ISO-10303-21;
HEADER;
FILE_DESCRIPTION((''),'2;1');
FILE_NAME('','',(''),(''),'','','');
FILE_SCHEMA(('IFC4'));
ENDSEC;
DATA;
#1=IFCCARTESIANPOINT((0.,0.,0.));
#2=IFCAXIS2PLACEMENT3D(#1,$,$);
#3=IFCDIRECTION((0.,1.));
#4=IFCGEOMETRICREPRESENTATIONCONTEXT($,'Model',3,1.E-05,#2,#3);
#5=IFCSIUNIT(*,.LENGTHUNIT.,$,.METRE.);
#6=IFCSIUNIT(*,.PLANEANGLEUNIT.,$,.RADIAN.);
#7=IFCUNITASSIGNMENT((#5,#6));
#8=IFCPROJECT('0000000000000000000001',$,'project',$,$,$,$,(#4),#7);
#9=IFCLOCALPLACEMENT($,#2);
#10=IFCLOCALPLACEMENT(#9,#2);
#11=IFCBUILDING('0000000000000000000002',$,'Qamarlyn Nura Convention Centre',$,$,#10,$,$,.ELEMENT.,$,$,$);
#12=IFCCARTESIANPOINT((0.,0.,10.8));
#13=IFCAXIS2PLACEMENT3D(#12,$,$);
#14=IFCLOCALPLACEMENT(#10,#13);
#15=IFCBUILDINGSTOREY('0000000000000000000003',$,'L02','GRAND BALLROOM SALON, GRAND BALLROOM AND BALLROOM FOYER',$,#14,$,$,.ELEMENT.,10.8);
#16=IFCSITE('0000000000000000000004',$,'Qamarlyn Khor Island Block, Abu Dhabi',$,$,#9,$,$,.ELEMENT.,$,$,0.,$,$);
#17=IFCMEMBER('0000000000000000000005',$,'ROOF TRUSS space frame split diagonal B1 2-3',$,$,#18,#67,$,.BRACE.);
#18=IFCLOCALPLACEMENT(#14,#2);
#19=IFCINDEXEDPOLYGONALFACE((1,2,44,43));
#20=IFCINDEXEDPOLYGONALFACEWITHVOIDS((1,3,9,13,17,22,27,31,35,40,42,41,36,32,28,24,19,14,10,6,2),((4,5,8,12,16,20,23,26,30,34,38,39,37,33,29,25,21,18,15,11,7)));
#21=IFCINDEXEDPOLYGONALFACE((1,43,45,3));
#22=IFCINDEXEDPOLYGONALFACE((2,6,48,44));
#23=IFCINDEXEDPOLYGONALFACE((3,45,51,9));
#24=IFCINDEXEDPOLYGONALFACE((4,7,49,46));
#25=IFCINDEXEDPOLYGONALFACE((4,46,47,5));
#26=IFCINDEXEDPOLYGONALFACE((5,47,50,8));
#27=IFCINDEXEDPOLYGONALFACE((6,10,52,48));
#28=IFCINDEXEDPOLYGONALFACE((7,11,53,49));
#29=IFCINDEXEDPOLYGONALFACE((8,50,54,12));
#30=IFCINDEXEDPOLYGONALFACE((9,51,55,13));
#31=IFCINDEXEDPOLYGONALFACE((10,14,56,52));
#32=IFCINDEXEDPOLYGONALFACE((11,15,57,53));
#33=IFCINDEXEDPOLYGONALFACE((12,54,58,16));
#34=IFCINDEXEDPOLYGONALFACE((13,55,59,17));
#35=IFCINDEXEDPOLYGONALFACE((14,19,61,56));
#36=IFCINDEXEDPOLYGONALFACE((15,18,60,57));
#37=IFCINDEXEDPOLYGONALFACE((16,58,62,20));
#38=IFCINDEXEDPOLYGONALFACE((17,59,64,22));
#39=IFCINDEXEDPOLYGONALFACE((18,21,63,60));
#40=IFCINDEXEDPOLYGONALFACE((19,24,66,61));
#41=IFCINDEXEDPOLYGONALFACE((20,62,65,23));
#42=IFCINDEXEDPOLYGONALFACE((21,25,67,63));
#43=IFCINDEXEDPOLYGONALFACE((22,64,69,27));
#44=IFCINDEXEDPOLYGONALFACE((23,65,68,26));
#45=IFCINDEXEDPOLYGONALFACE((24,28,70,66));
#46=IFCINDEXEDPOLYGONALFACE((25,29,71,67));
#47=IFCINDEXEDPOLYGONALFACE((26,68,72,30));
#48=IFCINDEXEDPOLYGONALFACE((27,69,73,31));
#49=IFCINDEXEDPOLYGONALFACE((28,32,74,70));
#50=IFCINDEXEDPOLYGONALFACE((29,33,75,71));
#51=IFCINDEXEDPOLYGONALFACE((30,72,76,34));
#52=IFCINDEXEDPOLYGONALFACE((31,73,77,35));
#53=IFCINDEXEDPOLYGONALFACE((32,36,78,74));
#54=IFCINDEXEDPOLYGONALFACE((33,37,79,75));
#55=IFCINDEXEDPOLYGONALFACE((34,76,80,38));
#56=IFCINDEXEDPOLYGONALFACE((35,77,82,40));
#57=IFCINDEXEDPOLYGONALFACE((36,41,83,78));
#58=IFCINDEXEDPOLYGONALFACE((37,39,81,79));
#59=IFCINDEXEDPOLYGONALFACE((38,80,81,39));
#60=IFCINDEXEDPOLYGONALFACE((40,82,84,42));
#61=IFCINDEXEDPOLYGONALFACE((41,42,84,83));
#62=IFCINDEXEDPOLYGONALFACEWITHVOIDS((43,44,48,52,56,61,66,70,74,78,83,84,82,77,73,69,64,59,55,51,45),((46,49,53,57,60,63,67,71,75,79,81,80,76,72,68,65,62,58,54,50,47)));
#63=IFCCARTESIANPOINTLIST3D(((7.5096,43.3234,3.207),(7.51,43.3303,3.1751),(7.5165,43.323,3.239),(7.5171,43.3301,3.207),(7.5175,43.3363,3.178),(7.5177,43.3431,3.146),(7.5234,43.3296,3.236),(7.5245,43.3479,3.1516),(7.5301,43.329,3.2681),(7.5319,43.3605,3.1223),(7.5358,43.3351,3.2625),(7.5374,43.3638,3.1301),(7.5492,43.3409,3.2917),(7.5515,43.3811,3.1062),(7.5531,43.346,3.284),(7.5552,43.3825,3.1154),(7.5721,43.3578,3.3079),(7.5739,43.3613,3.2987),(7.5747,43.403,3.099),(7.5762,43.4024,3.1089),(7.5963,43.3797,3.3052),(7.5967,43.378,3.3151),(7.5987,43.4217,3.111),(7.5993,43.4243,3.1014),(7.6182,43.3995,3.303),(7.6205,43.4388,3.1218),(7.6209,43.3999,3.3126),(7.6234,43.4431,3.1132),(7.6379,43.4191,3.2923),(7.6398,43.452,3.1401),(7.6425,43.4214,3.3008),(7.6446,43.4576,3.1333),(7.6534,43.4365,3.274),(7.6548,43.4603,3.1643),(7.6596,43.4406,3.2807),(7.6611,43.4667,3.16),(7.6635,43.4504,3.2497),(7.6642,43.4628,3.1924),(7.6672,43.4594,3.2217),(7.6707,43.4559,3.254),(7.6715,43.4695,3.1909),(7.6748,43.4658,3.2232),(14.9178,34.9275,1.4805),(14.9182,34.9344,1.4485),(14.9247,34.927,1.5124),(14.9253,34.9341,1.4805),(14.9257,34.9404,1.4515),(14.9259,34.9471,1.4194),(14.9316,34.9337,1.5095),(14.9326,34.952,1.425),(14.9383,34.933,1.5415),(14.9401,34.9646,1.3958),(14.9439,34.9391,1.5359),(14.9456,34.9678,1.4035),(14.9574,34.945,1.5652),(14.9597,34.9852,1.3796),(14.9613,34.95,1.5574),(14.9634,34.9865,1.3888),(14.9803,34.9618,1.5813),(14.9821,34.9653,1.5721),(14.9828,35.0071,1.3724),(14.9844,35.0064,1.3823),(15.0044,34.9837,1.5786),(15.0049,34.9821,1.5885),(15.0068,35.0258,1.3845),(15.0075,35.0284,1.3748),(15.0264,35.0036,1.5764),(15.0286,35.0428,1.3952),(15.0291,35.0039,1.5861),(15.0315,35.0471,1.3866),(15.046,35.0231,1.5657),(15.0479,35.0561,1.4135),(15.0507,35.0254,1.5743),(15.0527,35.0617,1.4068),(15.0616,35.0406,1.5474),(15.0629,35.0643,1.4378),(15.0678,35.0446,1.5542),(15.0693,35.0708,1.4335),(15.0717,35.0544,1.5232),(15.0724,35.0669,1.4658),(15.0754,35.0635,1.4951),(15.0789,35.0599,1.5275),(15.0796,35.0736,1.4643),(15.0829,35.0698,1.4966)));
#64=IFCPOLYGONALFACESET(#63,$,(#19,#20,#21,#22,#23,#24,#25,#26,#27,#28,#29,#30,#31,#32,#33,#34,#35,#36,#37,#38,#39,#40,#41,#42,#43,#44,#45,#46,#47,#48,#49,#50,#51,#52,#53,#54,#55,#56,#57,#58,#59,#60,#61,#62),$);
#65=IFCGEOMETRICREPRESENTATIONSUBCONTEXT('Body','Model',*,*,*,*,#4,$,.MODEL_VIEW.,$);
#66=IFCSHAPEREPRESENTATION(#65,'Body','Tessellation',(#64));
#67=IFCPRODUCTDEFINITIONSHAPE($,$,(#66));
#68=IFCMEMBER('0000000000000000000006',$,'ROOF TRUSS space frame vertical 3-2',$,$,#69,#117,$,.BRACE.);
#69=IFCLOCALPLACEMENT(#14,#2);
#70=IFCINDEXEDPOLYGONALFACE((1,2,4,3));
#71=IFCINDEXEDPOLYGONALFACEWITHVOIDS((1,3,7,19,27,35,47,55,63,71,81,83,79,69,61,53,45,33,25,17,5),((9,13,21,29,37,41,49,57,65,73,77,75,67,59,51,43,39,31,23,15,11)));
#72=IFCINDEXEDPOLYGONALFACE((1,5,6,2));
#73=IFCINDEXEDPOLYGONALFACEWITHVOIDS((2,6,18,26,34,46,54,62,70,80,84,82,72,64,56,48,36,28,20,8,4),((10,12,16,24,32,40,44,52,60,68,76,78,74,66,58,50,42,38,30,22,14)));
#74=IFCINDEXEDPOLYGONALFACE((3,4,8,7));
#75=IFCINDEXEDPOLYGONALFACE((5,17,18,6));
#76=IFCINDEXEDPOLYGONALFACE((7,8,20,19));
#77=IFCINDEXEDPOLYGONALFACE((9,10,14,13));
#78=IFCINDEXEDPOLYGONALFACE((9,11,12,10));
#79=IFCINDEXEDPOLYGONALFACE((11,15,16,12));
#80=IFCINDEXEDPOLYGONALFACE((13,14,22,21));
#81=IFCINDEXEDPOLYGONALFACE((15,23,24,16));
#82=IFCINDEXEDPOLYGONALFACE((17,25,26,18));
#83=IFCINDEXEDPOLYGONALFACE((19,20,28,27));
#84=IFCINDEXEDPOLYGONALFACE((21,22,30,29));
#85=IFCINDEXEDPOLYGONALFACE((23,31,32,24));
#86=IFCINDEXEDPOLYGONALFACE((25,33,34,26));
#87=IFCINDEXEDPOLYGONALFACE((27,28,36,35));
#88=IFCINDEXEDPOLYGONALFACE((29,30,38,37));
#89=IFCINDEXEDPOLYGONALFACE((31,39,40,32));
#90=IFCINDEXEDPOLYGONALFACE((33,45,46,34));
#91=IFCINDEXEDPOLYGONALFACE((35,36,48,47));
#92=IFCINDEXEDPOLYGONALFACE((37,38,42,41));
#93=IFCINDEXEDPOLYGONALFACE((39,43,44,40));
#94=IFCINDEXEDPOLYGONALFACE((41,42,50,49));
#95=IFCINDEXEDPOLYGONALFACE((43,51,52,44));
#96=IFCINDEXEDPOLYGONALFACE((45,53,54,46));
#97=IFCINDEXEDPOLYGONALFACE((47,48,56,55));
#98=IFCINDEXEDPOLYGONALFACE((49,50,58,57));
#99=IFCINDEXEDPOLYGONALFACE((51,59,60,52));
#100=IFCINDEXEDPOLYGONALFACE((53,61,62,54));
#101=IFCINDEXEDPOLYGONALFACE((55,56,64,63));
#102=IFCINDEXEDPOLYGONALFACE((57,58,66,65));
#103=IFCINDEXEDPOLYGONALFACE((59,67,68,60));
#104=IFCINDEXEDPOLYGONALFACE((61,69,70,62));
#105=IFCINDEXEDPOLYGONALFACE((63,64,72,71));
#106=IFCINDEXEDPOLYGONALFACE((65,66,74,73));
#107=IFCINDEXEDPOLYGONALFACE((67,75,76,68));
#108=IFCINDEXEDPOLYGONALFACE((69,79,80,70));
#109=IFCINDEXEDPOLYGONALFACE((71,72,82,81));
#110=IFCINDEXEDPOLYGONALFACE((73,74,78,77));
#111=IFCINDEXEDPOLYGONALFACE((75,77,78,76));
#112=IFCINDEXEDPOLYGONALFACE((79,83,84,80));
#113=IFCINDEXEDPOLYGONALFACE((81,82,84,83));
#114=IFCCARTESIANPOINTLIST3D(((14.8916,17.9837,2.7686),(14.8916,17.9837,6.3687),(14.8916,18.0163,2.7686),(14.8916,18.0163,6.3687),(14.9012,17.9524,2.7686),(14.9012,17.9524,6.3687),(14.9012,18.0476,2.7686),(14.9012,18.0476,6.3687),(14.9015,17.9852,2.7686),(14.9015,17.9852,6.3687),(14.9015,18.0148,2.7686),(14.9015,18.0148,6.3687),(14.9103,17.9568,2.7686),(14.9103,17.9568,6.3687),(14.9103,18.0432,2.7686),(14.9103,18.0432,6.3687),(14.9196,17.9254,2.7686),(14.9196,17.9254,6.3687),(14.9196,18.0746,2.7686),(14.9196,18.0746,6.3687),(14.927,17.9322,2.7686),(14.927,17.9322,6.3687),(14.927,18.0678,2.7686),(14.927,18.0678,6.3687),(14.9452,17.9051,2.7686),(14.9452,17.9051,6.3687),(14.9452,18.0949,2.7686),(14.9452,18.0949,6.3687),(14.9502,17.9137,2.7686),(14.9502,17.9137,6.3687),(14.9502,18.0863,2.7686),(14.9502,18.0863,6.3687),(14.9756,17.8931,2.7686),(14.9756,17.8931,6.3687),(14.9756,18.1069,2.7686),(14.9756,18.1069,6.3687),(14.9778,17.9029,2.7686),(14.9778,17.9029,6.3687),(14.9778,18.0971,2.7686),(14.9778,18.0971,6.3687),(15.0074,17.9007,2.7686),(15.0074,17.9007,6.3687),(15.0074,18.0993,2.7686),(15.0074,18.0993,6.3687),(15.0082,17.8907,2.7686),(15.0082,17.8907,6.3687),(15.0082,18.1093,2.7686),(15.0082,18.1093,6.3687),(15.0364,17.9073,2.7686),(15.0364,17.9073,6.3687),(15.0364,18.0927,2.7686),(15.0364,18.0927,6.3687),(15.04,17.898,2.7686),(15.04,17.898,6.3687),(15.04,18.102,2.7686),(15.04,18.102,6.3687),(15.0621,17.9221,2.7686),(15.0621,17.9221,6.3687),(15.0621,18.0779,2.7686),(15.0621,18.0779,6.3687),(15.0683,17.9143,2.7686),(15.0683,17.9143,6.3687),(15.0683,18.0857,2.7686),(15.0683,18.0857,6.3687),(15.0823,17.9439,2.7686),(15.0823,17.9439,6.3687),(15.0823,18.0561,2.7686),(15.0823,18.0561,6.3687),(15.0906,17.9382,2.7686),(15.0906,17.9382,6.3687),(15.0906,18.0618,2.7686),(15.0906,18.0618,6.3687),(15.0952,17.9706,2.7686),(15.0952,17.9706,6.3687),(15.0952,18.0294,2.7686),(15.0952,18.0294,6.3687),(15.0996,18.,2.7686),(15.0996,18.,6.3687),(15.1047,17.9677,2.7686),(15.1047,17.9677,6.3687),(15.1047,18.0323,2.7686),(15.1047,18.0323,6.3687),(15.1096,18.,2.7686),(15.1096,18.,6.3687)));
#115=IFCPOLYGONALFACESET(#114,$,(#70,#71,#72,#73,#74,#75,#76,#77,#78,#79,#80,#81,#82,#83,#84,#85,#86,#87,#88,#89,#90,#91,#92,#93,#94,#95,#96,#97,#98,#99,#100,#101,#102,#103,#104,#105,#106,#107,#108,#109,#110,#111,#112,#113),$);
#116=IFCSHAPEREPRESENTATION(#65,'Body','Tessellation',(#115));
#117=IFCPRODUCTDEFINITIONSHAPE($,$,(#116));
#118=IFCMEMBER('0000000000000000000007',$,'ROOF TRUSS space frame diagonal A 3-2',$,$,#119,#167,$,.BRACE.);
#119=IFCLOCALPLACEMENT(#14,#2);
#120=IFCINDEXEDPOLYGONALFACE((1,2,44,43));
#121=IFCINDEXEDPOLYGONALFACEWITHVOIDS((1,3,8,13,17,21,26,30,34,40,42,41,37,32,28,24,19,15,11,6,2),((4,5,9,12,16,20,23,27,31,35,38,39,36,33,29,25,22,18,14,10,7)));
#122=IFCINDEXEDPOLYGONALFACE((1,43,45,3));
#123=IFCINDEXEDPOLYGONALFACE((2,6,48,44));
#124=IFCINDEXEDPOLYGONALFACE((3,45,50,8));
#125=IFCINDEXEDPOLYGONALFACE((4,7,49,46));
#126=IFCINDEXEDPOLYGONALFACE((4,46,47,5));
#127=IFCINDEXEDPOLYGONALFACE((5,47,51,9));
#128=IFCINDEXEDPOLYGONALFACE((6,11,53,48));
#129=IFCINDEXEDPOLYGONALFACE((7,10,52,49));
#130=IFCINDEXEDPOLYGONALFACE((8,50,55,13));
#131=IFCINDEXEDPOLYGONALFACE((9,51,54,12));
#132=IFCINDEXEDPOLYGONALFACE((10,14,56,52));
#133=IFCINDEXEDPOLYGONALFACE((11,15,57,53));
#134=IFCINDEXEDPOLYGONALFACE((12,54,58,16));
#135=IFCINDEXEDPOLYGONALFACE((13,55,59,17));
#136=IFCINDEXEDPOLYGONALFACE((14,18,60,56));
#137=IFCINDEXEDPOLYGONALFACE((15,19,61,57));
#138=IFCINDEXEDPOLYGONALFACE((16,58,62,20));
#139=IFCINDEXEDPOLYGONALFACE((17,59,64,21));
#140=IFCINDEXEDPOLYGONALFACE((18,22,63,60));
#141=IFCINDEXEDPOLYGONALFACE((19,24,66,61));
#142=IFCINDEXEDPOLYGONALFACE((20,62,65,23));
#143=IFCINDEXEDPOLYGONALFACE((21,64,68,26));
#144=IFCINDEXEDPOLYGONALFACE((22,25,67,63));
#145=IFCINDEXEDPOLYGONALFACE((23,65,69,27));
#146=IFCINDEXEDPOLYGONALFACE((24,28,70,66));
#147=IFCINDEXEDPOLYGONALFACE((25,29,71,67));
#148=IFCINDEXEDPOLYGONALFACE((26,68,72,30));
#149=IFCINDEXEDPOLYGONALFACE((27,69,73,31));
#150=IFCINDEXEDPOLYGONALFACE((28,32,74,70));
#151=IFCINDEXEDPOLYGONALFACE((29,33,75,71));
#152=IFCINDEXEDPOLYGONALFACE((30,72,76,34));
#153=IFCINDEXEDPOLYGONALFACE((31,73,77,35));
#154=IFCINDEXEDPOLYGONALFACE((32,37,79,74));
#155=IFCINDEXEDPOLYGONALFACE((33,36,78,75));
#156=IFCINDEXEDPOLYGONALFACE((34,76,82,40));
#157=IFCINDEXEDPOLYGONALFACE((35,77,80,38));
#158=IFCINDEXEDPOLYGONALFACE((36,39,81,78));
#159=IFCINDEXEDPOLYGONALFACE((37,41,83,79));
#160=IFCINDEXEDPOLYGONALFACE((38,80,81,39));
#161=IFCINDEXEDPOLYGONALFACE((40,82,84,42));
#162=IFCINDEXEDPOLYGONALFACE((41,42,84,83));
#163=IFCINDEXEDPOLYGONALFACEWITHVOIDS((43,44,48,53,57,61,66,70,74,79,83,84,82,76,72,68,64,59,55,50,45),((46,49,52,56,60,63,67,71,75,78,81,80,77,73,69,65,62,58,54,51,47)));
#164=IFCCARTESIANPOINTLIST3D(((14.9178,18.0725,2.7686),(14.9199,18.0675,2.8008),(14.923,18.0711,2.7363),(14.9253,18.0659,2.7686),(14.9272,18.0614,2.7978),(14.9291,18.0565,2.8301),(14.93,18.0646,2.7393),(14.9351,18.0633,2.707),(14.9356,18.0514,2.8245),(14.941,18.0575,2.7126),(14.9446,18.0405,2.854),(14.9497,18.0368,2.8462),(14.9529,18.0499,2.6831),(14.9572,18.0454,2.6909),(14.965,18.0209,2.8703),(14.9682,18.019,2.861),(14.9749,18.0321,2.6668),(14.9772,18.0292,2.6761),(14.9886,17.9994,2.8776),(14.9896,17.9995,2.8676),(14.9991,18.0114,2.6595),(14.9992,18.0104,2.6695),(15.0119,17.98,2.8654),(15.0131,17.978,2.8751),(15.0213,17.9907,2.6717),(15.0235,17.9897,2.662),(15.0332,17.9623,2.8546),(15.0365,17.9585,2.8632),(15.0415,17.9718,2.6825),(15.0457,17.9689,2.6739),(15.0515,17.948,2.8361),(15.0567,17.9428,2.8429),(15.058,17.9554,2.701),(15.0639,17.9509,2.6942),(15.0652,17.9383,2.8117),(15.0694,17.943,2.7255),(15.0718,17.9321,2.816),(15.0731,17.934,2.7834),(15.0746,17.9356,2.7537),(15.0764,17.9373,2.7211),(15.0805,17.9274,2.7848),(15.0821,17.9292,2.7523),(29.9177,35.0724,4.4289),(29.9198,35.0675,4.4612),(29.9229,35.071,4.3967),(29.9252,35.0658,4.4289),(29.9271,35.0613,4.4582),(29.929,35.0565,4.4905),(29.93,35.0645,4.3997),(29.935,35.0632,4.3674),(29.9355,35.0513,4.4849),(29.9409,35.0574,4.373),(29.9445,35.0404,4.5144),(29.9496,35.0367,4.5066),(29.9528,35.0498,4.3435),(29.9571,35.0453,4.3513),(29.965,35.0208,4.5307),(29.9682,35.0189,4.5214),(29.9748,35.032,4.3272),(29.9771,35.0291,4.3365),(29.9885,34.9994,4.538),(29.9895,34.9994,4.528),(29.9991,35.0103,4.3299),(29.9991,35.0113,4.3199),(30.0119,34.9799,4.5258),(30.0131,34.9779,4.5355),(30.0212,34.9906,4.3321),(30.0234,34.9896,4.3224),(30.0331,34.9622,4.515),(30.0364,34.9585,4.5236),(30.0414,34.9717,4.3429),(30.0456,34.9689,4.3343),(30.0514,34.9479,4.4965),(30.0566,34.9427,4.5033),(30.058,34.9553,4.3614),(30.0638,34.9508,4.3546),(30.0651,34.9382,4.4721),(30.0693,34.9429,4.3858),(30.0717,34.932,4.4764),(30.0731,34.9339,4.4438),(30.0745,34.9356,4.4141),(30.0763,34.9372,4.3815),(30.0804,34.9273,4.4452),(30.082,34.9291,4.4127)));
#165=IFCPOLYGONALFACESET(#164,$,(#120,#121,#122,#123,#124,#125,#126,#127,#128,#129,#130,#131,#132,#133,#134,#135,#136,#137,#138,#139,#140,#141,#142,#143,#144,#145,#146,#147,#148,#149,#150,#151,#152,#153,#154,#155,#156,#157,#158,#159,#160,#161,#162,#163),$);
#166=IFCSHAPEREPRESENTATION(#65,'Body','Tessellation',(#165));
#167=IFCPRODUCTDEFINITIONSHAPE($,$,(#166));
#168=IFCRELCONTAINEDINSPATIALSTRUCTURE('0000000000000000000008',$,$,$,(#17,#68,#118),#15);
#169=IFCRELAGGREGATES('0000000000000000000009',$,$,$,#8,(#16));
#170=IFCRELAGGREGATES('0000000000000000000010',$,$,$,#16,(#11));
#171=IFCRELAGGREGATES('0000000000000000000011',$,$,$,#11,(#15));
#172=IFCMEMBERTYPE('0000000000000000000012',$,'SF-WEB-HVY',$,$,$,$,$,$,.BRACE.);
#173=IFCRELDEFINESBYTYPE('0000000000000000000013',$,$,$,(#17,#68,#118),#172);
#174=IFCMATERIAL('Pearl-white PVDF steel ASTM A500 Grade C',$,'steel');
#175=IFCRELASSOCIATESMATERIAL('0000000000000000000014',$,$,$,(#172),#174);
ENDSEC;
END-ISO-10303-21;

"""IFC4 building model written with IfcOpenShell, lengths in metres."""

from ifc_helpers import new_model, si_unit, direction, frame, origin, origin_2d, place, context, subcontext, project, spatial, hollow_circle, extrude, material, material_profile, profile_set, type_object, element, save


model = new_model("IFC4")

# Units and contexts
model_context = context("Model", 3, precision=1e-05, world=origin(), true_north=direction((0.0, 1.0)))
body_context = subcontext(model_context, "Body", "Model", "MODEL_VIEW")
ifc_project = project(units=[si_unit("LENGTHUNIT", "METRE"), si_unit("PLANEANGLEUNIT", "RADIAN")], contexts=[model_context])

# Site, building, storey
site_placement = place(None, origin())
site = spatial("IfcSite", under=ifc_project, at=site_placement, Name="Qamarlyn Khor Island Block, Abu Dhabi", CompositionType="ELEMENT", RefElevation=0.0)
building_placement = place(site_placement, origin())
building = spatial("IfcBuilding", under=site, at=building_placement, Name="Qamarlyn Nura Convention Centre", CompositionType="ELEMENT")
storey_placement = place(building_placement, frame((0.0, 0.0, 10.8)))
storey = spatial("IfcBuildingStorey", under=building, at=storey_placement, Name="L02", Description="GRAND BALLROOM SALON, GRAND BALLROOM AND BALLROOM FOYER", CompositionType="ELEMENT", Elevation=10.8)

# Members
ifc_material_1 = material(Name="Pearl-white PVDF steel ASTM A500 Grade C", Category="steel")
ifc_material_profile_1 = material_profile(ifc_material_1, hollow_circle(Radius=0.1096, WallThickness=0.01, at=origin_2d()), Name="CHS219.1X10")
ifc_profile_set_1 = profile_set([ifc_material_profile_1], Name="Pearl-white PVDF steel ASTM A500 Grade C")
member_type_1 = type_object("IfcMemberType", Name="SF-WEB-HVY", PredefinedType="BRACE", material=ifc_profile_set_1)
member_1_placement = place(storey_placement, frame((15.0, 35.0, 1.4805), z_axis=(-0.653892, 0.741081, 0.152397), x_axis=(-0.749839, -0.66162, 0.0)))
element("IfcMember", 1, at=member_1_placement, inside=storey, type_object=member_type_1, Name="ROOF TRUSS space frame split diagonal B1 2-3", PredefinedType="BRACE", context=body_context, shape_type="SweptSolid", body=[
    extrude(hollow_circle(Radius=0.1096, WallThickness=0.01, at=origin_2d()), origin(), (0.0, 0.0, 1.0), 11.3293),
])
member_2_placement = place(storey_placement, frame((15.0, 18.0, 2.7686), z_axis=(0.0, 0.0, 1.0), x_axis=(1.0, 0.0, 0.0)))
element("IfcMember", 2, at=member_2_placement, inside=storey, type_object=member_type_1, Name="ROOF TRUSS space frame vertical 3-2", PredefinedType="BRACE", context=body_context, shape_type="SweptSolid", body=[
    extrude(hollow_circle(Radius=0.1096, WallThickness=0.01, at=origin_2d()), origin(), (0.0, 0.0, 1.0), 3.6001),
])
member_3_placement = place(storey_placement, frame((15.0, 18.0, 2.7686), z_axis=(0.659854, 0.747835, 0.073041), x_axis=(-0.749838, 0.661622, 0.0)))
element("IfcMember", 3, at=member_3_placement, inside=storey, type_object=member_type_1, Name="ROOF TRUSS space frame diagonal A 3-2", PredefinedType="BRACE", context=body_context, shape_type="SweptSolid", body=[
    extrude(hollow_circle(Radius=0.1096, WallThickness=0.01, at=origin_2d()), origin(), (0.0, 0.0, 1.0), 22.7322),
])

save(model, "model.ifc")
